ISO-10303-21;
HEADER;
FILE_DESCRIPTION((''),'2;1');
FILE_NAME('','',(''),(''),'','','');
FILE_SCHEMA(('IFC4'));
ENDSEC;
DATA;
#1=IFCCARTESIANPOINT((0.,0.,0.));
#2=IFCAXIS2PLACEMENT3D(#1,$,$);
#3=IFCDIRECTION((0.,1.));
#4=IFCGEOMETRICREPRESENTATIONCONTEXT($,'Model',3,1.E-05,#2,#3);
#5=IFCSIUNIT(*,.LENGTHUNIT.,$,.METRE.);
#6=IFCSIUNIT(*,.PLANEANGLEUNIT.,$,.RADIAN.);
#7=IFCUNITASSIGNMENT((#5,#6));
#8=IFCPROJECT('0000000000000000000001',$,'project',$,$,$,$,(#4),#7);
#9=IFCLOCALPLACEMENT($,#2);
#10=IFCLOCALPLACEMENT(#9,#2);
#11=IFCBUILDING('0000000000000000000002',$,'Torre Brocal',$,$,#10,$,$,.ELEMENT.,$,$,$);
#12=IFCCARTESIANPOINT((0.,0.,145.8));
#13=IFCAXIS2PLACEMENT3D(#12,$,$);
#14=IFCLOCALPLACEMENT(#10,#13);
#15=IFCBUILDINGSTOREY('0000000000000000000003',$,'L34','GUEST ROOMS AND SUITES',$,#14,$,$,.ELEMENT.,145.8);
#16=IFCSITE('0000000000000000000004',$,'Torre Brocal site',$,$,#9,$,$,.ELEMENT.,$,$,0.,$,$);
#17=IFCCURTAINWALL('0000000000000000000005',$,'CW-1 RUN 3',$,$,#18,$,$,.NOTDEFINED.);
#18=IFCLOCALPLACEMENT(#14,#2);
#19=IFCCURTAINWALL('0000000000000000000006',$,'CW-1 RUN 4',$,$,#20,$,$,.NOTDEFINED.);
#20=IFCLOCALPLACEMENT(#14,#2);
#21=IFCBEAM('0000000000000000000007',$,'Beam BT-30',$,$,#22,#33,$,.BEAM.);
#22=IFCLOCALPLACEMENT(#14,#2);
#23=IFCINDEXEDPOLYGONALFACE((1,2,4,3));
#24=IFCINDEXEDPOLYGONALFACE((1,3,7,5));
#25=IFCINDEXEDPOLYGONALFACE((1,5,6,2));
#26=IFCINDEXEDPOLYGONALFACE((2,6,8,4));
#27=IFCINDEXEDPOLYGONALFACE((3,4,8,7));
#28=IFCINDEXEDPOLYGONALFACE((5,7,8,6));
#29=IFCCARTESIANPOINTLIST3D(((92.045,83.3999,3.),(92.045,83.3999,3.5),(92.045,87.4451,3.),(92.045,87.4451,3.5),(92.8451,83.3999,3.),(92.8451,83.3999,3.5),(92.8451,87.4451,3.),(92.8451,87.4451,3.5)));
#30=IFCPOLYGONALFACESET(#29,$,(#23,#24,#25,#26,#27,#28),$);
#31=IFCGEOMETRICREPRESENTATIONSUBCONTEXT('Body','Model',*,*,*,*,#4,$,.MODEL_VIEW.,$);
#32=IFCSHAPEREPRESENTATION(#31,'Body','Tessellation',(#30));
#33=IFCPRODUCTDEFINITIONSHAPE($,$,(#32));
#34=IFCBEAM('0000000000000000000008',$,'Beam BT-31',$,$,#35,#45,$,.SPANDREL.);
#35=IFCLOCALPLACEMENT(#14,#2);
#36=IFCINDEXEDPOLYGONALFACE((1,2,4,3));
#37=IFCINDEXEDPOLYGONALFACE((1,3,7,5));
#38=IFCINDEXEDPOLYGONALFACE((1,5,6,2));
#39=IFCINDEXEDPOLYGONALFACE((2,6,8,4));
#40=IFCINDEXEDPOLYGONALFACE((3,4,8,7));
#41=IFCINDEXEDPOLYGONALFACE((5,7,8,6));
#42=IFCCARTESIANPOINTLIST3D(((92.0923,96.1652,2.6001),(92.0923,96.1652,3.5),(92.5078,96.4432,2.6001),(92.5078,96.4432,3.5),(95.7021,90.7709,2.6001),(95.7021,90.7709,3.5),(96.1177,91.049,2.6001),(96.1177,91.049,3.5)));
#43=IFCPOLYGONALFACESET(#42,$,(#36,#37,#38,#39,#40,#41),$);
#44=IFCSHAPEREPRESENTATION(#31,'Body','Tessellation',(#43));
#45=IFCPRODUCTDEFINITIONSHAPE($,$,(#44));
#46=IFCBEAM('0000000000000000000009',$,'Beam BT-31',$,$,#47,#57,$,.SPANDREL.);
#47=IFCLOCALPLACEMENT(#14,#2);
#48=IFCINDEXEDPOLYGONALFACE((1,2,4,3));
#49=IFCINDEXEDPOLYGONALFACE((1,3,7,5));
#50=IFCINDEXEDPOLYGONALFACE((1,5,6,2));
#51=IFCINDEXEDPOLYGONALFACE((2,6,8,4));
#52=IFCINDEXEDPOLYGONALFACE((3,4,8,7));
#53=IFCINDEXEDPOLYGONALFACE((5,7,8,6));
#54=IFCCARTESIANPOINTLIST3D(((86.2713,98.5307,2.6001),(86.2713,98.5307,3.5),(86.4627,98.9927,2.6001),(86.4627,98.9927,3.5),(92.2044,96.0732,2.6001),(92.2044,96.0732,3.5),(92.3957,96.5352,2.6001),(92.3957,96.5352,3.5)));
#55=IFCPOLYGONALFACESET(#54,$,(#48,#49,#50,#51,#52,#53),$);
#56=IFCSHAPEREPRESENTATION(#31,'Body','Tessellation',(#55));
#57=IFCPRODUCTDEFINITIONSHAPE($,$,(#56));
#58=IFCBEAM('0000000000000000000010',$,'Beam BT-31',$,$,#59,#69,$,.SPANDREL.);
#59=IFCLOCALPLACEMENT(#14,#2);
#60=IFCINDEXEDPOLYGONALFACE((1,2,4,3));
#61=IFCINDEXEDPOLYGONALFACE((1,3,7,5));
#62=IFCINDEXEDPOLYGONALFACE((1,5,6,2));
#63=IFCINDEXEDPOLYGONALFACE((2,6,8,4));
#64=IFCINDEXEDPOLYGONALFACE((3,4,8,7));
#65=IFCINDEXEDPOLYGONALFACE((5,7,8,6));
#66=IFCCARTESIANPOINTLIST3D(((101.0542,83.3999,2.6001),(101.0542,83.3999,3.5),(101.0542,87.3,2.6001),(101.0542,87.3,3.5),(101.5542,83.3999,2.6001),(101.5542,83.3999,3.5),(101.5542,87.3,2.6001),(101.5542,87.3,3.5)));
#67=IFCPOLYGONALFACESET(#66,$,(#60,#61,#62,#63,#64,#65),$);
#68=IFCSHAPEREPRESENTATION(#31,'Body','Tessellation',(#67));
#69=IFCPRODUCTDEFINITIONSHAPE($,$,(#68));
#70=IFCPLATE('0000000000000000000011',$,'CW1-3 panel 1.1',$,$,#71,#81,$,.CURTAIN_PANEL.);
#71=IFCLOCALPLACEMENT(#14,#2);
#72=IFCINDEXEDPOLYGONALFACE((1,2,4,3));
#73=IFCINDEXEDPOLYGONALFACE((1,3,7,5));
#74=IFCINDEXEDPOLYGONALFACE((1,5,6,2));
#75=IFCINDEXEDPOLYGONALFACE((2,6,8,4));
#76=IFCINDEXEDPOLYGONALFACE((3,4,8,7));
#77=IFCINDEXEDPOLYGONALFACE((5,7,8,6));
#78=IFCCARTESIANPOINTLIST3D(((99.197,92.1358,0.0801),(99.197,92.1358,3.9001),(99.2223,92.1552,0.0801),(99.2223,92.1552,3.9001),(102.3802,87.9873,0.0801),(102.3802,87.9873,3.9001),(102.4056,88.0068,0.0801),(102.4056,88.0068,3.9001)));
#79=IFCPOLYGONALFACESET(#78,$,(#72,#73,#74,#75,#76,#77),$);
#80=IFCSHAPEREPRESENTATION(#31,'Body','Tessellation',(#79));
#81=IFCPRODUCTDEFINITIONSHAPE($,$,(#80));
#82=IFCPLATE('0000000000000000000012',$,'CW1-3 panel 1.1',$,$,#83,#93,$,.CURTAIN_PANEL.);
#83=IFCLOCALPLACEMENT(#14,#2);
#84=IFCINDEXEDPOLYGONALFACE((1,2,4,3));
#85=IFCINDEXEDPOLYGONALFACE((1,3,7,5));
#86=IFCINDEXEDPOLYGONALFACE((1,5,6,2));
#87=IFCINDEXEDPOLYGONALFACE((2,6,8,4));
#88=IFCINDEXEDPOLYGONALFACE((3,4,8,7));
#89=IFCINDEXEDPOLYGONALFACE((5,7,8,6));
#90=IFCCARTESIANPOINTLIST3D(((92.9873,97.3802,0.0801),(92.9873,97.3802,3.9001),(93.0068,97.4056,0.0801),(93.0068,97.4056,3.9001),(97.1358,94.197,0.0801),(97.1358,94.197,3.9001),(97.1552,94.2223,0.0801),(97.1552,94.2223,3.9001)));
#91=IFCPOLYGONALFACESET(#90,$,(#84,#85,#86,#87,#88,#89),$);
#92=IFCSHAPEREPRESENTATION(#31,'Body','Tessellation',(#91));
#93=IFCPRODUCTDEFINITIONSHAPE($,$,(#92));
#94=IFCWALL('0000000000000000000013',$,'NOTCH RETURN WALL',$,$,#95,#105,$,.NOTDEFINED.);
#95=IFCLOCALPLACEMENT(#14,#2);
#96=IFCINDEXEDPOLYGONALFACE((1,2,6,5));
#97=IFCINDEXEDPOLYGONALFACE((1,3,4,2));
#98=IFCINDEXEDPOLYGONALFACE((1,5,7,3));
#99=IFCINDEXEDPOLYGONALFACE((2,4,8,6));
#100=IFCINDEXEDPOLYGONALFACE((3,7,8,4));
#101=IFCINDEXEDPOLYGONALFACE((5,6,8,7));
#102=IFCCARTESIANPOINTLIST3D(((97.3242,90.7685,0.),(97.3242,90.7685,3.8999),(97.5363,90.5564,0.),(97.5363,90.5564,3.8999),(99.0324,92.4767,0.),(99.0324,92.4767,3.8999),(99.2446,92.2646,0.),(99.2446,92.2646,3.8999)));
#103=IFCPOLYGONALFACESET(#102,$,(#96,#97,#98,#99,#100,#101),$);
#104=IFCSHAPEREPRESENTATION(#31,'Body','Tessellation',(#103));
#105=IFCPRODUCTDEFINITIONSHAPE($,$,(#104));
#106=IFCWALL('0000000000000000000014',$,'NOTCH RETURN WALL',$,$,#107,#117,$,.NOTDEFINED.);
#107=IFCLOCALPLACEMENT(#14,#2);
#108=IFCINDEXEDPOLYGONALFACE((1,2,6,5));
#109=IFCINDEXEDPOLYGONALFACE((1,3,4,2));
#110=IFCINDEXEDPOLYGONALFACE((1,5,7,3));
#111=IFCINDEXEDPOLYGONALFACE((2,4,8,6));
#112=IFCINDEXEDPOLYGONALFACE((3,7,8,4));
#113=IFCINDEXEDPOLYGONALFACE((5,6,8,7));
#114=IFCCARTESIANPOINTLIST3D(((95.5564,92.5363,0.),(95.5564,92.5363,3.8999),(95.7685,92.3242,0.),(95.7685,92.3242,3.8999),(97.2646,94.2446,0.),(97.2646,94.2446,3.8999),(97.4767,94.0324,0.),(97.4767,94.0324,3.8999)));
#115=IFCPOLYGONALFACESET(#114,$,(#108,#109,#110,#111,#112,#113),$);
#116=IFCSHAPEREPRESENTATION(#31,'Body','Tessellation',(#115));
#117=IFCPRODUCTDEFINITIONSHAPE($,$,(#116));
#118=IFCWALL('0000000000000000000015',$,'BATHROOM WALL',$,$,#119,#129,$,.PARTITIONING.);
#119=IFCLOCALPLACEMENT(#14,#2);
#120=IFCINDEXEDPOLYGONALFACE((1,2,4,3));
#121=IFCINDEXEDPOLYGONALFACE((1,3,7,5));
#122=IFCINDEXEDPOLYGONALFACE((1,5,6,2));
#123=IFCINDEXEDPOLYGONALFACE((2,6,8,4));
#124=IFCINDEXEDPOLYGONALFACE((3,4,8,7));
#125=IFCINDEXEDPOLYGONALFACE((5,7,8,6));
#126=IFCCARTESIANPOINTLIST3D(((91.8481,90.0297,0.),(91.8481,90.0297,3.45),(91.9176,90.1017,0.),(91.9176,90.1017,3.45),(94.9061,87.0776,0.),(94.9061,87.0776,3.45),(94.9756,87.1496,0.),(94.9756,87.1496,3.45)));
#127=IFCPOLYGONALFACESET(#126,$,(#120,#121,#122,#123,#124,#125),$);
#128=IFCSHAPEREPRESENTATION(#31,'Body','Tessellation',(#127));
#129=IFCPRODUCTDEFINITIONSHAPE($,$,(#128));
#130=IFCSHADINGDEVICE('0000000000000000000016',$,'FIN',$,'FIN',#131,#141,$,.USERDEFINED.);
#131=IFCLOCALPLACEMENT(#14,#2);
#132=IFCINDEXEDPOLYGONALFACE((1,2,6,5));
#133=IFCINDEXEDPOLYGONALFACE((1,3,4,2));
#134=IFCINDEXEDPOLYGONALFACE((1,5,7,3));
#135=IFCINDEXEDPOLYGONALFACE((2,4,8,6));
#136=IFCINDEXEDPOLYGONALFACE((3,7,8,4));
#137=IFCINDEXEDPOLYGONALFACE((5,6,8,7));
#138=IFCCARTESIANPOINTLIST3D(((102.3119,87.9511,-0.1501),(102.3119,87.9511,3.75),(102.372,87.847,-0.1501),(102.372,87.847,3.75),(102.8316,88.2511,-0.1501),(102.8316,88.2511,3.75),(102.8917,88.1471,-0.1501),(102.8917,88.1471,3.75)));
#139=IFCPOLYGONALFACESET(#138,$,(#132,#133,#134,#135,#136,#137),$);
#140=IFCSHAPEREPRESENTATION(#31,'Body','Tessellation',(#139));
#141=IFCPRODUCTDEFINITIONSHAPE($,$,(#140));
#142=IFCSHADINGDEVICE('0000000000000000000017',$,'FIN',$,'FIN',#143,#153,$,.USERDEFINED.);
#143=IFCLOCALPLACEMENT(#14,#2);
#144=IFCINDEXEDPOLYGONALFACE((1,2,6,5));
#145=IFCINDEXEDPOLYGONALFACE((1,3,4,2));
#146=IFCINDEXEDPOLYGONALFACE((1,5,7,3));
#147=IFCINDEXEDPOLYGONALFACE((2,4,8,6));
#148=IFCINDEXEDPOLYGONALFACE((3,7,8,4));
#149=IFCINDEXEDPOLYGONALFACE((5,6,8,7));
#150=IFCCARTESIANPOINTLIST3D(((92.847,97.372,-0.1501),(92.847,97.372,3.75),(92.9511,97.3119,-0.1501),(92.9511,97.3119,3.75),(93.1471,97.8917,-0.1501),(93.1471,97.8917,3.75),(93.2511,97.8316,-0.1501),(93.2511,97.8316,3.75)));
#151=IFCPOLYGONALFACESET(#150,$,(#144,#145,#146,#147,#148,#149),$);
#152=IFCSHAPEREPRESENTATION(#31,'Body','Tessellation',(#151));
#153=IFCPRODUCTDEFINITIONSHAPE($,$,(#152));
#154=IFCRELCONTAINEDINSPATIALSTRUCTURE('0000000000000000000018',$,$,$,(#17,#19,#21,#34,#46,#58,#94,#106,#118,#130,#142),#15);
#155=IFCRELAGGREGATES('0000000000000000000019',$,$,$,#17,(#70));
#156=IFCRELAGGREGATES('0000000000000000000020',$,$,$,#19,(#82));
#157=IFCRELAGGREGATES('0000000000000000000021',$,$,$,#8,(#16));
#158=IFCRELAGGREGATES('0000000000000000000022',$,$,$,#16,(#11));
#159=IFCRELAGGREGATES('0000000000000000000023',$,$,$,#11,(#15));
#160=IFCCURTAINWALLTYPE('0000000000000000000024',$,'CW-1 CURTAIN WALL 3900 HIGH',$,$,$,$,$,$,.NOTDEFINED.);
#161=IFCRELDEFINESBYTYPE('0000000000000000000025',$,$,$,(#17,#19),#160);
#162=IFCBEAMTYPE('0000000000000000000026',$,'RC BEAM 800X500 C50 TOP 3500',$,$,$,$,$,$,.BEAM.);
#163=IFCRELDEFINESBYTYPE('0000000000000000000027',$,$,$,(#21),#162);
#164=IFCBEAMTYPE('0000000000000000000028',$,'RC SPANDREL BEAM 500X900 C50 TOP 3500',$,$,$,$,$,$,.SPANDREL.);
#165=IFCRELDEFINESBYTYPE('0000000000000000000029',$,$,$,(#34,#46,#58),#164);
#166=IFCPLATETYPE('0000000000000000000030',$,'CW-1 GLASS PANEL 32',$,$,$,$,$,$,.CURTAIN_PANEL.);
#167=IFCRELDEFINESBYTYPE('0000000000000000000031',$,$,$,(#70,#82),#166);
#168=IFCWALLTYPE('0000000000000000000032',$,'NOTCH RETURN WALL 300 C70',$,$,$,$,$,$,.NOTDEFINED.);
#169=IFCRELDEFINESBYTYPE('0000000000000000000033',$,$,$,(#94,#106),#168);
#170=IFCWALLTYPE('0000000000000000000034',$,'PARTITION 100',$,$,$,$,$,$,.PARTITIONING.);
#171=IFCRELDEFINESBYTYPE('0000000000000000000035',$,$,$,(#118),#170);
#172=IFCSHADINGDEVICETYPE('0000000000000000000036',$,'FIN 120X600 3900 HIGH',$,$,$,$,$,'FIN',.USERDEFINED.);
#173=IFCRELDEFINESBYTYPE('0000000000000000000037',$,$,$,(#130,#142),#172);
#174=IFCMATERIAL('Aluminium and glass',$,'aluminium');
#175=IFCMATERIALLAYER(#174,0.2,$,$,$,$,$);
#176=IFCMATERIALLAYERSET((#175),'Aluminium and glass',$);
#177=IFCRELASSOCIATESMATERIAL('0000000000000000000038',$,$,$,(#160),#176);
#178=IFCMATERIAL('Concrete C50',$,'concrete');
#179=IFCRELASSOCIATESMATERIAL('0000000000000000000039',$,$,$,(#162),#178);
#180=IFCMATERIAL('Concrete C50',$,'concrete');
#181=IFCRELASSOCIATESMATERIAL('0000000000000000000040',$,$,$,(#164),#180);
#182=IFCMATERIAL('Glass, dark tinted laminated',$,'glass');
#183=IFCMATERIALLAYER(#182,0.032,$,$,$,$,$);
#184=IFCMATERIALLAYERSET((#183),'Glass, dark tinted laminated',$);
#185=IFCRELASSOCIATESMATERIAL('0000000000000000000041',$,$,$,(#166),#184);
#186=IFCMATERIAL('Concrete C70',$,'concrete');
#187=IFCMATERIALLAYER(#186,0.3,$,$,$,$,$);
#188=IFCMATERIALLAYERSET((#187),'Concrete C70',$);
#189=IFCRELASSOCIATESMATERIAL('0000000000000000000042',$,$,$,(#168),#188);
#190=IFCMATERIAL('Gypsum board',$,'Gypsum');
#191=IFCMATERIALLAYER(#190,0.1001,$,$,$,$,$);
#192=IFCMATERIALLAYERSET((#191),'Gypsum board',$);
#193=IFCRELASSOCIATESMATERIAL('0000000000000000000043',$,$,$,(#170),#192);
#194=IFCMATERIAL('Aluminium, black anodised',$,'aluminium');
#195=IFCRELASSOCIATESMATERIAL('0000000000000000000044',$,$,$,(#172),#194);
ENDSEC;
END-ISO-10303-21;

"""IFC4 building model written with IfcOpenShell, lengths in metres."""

from ifc_helpers import new_model, si_unit, direction, frame, frame_2d, origin, origin_2d, place, context, subcontext, project, spatial, rectangle, extrude, material, layer, layer_set, material_profile, profile_set, type_object, element, aggregate, save


model = new_model("IFC4")

# Units and contexts
model_context = context("Model", 3, precision=1e-05, world=origin(), true_north=direction((0.0, 1.0)))
body_context = subcontext(model_context, "Body", "Model", "MODEL_VIEW")
ifc_project = project(units=[si_unit("LENGTHUNIT", "METRE"), si_unit("PLANEANGLEUNIT", "RADIAN")], contexts=[model_context])

# Site, building, storey
site_placement = place(None, origin())
site = spatial("IfcSite", under=ifc_project, at=site_placement, Name="Torre Brocal site", CompositionType="ELEMENT", RefElevation=0.0)
building_placement = place(site_placement, origin())
building = spatial("IfcBuilding", under=site, at=building_placement, Name="Torre Brocal", CompositionType="ELEMENT")
storey_placement = place(building_placement, frame((0.0, 0.0, 145.8)))
storey = spatial("IfcBuildingStorey", under=building, at=storey_placement, Name="L34", Description="GUEST ROOMS AND SUITES", CompositionType="ELEMENT", Elevation=145.8)

# Shared definitions
ifc_material_1 = material(Name="Aluminium and glass", Category="aluminium")
ifc_layer_1 = layer(ifc_material_1, 0.2)
ifc_layer_set_1 = layer_set([ifc_layer_1], Name="Aluminium and glass")
curtain_wall_type = type_object("IfcCurtainWallType", Name="CW-1 CURTAIN WALL 3900 HIGH", PredefinedType="NOTDEFINED", material=ifc_layer_set_1)

# Curtain walls
curtain_wall_1_placement = place(storey_placement, origin())
curtain_wall_1 = element("IfcCurtainWall", 1, at=curtain_wall_1_placement, inside=storey, type_object=curtain_wall_type, Name="CW-1 RUN 3", PredefinedType="NOTDEFINED")
curtain_wall_2_placement = place(storey_placement, origin())
curtain_wall_2 = element("IfcCurtainWall", 2, at=curtain_wall_2_placement, inside=storey, type_object=curtain_wall_type, Name="CW-1 RUN 4", PredefinedType="NOTDEFINED")

# Beams
ifc_material_2 = material(Name="Concrete C50", Category="concrete")
ifc_material_profile_1 = material_profile(ifc_material_2, rectangle(XDim=0.8, YDim=0.5, at=origin_2d()), Name="RC 800X500")
ifc_profile_set_1 = profile_set([ifc_material_profile_1], Name="Concrete C50")
beam_type_1 = type_object("IfcBeamType", Name="RC BEAM 800X500 C50 TOP 3500", PredefinedType="BEAM", material=ifc_profile_set_1)
beam_1_placement = place(storey_placement, frame((92.4451, 87.4451, 3.25), z_axis=(0.0, -1.0, 0.0), x_axis=(1.0, 0.0, 0.0)))
element("IfcBeam", 3, at=beam_1_placement, inside=storey, type_object=beam_type_1, Name="Beam BT-30", PredefinedType="BEAM", context=body_context, shape_type="SweptSolid", body=[
    extrude(rectangle(XDim=0.8, YDim=0.5, at=origin_2d()), origin(), (0.0, 0.0, 1.0), 4.0452),
])
ifc_material_3 = material(Name="Concrete C50", Category="concrete")
ifc_material_profile_2 = material_profile(ifc_material_3, rectangle(XDim=0.5, YDim=0.8999, at=origin_2d()), Name="RC 500X900")
ifc_profile_set_2 = profile_set([ifc_material_profile_2], Name="Concrete C50")
beam_type_2 = type_object("IfcBeamType", Name="RC SPANDREL BEAM 500X900 C50 TOP 3500", PredefinedType="SPANDREL", material=ifc_profile_set_2)
beam_2_placement = place(storey_placement, frame((95.9099, 90.9099, 3.05), z_axis=(-0.556158, 0.831077, 0.0), x_axis=(-0.831077, -0.556158, 0.0)))
element("IfcBeam", 4, at=beam_2_placement, inside=storey, type_object=beam_type_2, Name="Beam BT-31", PredefinedType="SPANDREL", context=body_context, shape_type="SweptSolid", body=[
    extrude(rectangle(XDim=0.5, YDim=0.8999, at=origin_2d()), origin(), (0.0, 0.0, 1.0), 6.4907),
])
beam_3_placement = place(storey_placement, frame((92.3, 96.3042, 3.05), z_axis=(-0.923882, 0.382676, 0.0), x_axis=(-0.382676, -0.923882, 0.0)))
element("IfcBeam", 5, at=beam_3_placement, inside=storey, type_object=beam_type_2, Name="Beam BT-31", PredefinedType="SPANDREL", context=body_context, shape_type="SweptSolid", body=[
    extrude(rectangle(XDim=0.5, YDim=0.8999, at=origin_2d()), origin(), (0.0, 0.0, 1.0), 6.4219),
])
beam_4_placement = place(storey_placement, frame((101.3042, 87.3, 3.05), z_axis=(0.0, -1.0, 0.0), x_axis=(1.0, 0.0, 0.0)))
element("IfcBeam", 6, at=beam_4_placement, inside=storey, type_object=beam_type_2, Name="Beam BT-31", PredefinedType="SPANDREL", context=body_context, shape_type="SweptSolid", body=[
    extrude(rectangle(XDim=0.5, YDim=0.8999, at=origin_2d()), origin(), (0.0, 0.0, 1.0), 3.9001),
])

# Plates
ifc_material_4 = material(Name="Glass, dark tinted laminated", Category="glass")
ifc_layer_2 = layer(ifc_material_4, 0.032)
ifc_layer_set_2 = layer_set([ifc_layer_2], Name="Glass, dark tinted laminated")
plate_type = type_object("IfcPlateType", Name="CW-1 GLASS PANEL 32", PredefinedType="CURTAIN_PANEL", material=ifc_layer_set_2)
plate_1_placement = place(storey_placement, frame((100.8013, 90.0713, 0.0801), z_axis=(0.0, 0.0, 1.0), x_axis=(-0.608761, 0.793353, 0.0)))
plate_1 = element("IfcPlate", 7, at=plate_1_placement, type_object=plate_type, Name="CW1-3 panel 1.1", PredefinedType="CURTAIN_PANEL", context=body_context, shape_type="SweptSolid", body=[
    extrude(rectangle(XDim=5.229, YDim=0.032, at=origin_2d()), origin(), (0.0, 0.0, 1.0), 3.8201),
])
aggregate(curtain_wall_1, [plate_1])
plate_2_placement = place(storey_placement, frame((95.0713, 95.8013, 0.0801), z_axis=(0.0, 0.0, 1.0), x_axis=(-0.793353, 0.608761, 0.0)))
plate_2 = element("IfcPlate", 8, at=plate_2_placement, type_object=plate_type, Name="CW1-3 panel 1.1", PredefinedType="CURTAIN_PANEL", context=body_context, shape_type="SweptSolid", body=[
    extrude(rectangle(XDim=5.229, YDim=0.032, at=origin_2d()), origin(), (0.0, 0.0, 1.0), 3.8201),
])
aggregate(curtain_wall_2, [plate_2])

# Walls
ifc_material_5 = material(Name="Concrete C70", Category="concrete")
ifc_layer_3 = layer(ifc_material_5, 0.3)
ifc_layer_set_3 = layer_set([ifc_layer_3], Name="Concrete C70")
wall_type_1 = type_object("IfcWallType", Name="NOTCH RETURN WALL 300 C70", PredefinedType="NOTDEFINED", material=ifc_layer_set_3)
for number, where, z_axis, x_axis, name in (
    (9, (97.4302, 90.6624, 0.0), (0.0, 0.0, 1.0), (0.707107, 0.707107, 0.0), "NOTCH RETURN WALL"),
    (10, (95.6624, 92.4302, 0.0), (0.0, 0.0, 1.0), (0.707107, 0.707107, 0.0), "NOTCH RETURN WALL"),
):
    element("IfcWall", number, at=place(storey_placement, frame(where, z_axis=z_axis, x_axis=x_axis)), inside=storey, type_object=wall_type_1, Name=name, PredefinedType="NOTDEFINED", context=body_context, shape_type="SweptSolid", body=[
        extrude(rectangle(XDim=2.4158, YDim=0.3, at=frame_2d((1.208, 0.0))), origin(), (0.0, 0.0, 1.0), 3.8999),
    ])
ifc_material_6 = material(Name="Gypsum board", Category="Gypsum")
ifc_layer_4 = layer(ifc_material_6, 0.1001)
ifc_layer_set_4 = layer_set([ifc_layer_4], Name="Gypsum board")
wall_type_2 = type_object("IfcWallType", Name="PARTITION 100", PredefinedType="PARTITIONING", material=ifc_layer_set_4)
wall_placement = place(storey_placement, frame((91.8828, 90.0657, 0.0), z_axis=(0.0, 0.0, 1.0), x_axis=(0.719461, -0.694533, 0.0)))
element("IfcWall", 11, at=wall_placement, inside=storey, type_object=wall_type_2, Name="BATHROOM WALL", PredefinedType="PARTITIONING", context=body_context, shape_type="SweptSolid", body=[
    extrude(rectangle(XDim=4.2505, YDim=0.1001, at=frame_2d((2.1252, 0.0))), origin(), (0.0, 0.0, 1.0), 3.45),
])

# Shading devices
ifc_material_7 = material(Name="Aluminium, black anodised", Category="aluminium")
ifc_material_profile_3 = material_profile(ifc_material_7, rectangle(XDim=0.1201, YDim=0.6001, at=origin_2d()), Name="FIN 120X600 3900 HIGH")
ifc_profile_set_3 = profile_set([ifc_material_profile_3], Name="Aluminium, black anodised")
shading_device_type = type_object("IfcShadingDeviceType", Name="FIN 120X600 3900 HIGH", ElementType="FIN", PredefinedType="USERDEFINED", material=ifc_profile_set_3)
for number, where, z_axis, x_axis, name in (
    (12, (102.6018, 88.0491, -0.1501), (0.0, 0.0, 1.0), (-0.5, 0.866025, 0.0), "FIN"),
    (13, (93.0491, 97.6018, -0.1501), (0.0, 0.0, 1.0), (-0.866025, 0.5, 0.0), "FIN"),
):
    element("IfcShadingDevice", number, at=place(storey_placement, frame(where, z_axis=z_axis, x_axis=x_axis)), inside=storey, type_object=shading_device_type, Name=name, ObjectType="FIN", PredefinedType="USERDEFINED", context=body_context, shape_type="SweptSolid", body=[
        extrude(rectangle(XDim=0.1201, YDim=0.6001, at=origin_2d()), origin(), (0.0, 0.0, 1.0), 3.9001),
    ])

save(model, "model.ifc")
